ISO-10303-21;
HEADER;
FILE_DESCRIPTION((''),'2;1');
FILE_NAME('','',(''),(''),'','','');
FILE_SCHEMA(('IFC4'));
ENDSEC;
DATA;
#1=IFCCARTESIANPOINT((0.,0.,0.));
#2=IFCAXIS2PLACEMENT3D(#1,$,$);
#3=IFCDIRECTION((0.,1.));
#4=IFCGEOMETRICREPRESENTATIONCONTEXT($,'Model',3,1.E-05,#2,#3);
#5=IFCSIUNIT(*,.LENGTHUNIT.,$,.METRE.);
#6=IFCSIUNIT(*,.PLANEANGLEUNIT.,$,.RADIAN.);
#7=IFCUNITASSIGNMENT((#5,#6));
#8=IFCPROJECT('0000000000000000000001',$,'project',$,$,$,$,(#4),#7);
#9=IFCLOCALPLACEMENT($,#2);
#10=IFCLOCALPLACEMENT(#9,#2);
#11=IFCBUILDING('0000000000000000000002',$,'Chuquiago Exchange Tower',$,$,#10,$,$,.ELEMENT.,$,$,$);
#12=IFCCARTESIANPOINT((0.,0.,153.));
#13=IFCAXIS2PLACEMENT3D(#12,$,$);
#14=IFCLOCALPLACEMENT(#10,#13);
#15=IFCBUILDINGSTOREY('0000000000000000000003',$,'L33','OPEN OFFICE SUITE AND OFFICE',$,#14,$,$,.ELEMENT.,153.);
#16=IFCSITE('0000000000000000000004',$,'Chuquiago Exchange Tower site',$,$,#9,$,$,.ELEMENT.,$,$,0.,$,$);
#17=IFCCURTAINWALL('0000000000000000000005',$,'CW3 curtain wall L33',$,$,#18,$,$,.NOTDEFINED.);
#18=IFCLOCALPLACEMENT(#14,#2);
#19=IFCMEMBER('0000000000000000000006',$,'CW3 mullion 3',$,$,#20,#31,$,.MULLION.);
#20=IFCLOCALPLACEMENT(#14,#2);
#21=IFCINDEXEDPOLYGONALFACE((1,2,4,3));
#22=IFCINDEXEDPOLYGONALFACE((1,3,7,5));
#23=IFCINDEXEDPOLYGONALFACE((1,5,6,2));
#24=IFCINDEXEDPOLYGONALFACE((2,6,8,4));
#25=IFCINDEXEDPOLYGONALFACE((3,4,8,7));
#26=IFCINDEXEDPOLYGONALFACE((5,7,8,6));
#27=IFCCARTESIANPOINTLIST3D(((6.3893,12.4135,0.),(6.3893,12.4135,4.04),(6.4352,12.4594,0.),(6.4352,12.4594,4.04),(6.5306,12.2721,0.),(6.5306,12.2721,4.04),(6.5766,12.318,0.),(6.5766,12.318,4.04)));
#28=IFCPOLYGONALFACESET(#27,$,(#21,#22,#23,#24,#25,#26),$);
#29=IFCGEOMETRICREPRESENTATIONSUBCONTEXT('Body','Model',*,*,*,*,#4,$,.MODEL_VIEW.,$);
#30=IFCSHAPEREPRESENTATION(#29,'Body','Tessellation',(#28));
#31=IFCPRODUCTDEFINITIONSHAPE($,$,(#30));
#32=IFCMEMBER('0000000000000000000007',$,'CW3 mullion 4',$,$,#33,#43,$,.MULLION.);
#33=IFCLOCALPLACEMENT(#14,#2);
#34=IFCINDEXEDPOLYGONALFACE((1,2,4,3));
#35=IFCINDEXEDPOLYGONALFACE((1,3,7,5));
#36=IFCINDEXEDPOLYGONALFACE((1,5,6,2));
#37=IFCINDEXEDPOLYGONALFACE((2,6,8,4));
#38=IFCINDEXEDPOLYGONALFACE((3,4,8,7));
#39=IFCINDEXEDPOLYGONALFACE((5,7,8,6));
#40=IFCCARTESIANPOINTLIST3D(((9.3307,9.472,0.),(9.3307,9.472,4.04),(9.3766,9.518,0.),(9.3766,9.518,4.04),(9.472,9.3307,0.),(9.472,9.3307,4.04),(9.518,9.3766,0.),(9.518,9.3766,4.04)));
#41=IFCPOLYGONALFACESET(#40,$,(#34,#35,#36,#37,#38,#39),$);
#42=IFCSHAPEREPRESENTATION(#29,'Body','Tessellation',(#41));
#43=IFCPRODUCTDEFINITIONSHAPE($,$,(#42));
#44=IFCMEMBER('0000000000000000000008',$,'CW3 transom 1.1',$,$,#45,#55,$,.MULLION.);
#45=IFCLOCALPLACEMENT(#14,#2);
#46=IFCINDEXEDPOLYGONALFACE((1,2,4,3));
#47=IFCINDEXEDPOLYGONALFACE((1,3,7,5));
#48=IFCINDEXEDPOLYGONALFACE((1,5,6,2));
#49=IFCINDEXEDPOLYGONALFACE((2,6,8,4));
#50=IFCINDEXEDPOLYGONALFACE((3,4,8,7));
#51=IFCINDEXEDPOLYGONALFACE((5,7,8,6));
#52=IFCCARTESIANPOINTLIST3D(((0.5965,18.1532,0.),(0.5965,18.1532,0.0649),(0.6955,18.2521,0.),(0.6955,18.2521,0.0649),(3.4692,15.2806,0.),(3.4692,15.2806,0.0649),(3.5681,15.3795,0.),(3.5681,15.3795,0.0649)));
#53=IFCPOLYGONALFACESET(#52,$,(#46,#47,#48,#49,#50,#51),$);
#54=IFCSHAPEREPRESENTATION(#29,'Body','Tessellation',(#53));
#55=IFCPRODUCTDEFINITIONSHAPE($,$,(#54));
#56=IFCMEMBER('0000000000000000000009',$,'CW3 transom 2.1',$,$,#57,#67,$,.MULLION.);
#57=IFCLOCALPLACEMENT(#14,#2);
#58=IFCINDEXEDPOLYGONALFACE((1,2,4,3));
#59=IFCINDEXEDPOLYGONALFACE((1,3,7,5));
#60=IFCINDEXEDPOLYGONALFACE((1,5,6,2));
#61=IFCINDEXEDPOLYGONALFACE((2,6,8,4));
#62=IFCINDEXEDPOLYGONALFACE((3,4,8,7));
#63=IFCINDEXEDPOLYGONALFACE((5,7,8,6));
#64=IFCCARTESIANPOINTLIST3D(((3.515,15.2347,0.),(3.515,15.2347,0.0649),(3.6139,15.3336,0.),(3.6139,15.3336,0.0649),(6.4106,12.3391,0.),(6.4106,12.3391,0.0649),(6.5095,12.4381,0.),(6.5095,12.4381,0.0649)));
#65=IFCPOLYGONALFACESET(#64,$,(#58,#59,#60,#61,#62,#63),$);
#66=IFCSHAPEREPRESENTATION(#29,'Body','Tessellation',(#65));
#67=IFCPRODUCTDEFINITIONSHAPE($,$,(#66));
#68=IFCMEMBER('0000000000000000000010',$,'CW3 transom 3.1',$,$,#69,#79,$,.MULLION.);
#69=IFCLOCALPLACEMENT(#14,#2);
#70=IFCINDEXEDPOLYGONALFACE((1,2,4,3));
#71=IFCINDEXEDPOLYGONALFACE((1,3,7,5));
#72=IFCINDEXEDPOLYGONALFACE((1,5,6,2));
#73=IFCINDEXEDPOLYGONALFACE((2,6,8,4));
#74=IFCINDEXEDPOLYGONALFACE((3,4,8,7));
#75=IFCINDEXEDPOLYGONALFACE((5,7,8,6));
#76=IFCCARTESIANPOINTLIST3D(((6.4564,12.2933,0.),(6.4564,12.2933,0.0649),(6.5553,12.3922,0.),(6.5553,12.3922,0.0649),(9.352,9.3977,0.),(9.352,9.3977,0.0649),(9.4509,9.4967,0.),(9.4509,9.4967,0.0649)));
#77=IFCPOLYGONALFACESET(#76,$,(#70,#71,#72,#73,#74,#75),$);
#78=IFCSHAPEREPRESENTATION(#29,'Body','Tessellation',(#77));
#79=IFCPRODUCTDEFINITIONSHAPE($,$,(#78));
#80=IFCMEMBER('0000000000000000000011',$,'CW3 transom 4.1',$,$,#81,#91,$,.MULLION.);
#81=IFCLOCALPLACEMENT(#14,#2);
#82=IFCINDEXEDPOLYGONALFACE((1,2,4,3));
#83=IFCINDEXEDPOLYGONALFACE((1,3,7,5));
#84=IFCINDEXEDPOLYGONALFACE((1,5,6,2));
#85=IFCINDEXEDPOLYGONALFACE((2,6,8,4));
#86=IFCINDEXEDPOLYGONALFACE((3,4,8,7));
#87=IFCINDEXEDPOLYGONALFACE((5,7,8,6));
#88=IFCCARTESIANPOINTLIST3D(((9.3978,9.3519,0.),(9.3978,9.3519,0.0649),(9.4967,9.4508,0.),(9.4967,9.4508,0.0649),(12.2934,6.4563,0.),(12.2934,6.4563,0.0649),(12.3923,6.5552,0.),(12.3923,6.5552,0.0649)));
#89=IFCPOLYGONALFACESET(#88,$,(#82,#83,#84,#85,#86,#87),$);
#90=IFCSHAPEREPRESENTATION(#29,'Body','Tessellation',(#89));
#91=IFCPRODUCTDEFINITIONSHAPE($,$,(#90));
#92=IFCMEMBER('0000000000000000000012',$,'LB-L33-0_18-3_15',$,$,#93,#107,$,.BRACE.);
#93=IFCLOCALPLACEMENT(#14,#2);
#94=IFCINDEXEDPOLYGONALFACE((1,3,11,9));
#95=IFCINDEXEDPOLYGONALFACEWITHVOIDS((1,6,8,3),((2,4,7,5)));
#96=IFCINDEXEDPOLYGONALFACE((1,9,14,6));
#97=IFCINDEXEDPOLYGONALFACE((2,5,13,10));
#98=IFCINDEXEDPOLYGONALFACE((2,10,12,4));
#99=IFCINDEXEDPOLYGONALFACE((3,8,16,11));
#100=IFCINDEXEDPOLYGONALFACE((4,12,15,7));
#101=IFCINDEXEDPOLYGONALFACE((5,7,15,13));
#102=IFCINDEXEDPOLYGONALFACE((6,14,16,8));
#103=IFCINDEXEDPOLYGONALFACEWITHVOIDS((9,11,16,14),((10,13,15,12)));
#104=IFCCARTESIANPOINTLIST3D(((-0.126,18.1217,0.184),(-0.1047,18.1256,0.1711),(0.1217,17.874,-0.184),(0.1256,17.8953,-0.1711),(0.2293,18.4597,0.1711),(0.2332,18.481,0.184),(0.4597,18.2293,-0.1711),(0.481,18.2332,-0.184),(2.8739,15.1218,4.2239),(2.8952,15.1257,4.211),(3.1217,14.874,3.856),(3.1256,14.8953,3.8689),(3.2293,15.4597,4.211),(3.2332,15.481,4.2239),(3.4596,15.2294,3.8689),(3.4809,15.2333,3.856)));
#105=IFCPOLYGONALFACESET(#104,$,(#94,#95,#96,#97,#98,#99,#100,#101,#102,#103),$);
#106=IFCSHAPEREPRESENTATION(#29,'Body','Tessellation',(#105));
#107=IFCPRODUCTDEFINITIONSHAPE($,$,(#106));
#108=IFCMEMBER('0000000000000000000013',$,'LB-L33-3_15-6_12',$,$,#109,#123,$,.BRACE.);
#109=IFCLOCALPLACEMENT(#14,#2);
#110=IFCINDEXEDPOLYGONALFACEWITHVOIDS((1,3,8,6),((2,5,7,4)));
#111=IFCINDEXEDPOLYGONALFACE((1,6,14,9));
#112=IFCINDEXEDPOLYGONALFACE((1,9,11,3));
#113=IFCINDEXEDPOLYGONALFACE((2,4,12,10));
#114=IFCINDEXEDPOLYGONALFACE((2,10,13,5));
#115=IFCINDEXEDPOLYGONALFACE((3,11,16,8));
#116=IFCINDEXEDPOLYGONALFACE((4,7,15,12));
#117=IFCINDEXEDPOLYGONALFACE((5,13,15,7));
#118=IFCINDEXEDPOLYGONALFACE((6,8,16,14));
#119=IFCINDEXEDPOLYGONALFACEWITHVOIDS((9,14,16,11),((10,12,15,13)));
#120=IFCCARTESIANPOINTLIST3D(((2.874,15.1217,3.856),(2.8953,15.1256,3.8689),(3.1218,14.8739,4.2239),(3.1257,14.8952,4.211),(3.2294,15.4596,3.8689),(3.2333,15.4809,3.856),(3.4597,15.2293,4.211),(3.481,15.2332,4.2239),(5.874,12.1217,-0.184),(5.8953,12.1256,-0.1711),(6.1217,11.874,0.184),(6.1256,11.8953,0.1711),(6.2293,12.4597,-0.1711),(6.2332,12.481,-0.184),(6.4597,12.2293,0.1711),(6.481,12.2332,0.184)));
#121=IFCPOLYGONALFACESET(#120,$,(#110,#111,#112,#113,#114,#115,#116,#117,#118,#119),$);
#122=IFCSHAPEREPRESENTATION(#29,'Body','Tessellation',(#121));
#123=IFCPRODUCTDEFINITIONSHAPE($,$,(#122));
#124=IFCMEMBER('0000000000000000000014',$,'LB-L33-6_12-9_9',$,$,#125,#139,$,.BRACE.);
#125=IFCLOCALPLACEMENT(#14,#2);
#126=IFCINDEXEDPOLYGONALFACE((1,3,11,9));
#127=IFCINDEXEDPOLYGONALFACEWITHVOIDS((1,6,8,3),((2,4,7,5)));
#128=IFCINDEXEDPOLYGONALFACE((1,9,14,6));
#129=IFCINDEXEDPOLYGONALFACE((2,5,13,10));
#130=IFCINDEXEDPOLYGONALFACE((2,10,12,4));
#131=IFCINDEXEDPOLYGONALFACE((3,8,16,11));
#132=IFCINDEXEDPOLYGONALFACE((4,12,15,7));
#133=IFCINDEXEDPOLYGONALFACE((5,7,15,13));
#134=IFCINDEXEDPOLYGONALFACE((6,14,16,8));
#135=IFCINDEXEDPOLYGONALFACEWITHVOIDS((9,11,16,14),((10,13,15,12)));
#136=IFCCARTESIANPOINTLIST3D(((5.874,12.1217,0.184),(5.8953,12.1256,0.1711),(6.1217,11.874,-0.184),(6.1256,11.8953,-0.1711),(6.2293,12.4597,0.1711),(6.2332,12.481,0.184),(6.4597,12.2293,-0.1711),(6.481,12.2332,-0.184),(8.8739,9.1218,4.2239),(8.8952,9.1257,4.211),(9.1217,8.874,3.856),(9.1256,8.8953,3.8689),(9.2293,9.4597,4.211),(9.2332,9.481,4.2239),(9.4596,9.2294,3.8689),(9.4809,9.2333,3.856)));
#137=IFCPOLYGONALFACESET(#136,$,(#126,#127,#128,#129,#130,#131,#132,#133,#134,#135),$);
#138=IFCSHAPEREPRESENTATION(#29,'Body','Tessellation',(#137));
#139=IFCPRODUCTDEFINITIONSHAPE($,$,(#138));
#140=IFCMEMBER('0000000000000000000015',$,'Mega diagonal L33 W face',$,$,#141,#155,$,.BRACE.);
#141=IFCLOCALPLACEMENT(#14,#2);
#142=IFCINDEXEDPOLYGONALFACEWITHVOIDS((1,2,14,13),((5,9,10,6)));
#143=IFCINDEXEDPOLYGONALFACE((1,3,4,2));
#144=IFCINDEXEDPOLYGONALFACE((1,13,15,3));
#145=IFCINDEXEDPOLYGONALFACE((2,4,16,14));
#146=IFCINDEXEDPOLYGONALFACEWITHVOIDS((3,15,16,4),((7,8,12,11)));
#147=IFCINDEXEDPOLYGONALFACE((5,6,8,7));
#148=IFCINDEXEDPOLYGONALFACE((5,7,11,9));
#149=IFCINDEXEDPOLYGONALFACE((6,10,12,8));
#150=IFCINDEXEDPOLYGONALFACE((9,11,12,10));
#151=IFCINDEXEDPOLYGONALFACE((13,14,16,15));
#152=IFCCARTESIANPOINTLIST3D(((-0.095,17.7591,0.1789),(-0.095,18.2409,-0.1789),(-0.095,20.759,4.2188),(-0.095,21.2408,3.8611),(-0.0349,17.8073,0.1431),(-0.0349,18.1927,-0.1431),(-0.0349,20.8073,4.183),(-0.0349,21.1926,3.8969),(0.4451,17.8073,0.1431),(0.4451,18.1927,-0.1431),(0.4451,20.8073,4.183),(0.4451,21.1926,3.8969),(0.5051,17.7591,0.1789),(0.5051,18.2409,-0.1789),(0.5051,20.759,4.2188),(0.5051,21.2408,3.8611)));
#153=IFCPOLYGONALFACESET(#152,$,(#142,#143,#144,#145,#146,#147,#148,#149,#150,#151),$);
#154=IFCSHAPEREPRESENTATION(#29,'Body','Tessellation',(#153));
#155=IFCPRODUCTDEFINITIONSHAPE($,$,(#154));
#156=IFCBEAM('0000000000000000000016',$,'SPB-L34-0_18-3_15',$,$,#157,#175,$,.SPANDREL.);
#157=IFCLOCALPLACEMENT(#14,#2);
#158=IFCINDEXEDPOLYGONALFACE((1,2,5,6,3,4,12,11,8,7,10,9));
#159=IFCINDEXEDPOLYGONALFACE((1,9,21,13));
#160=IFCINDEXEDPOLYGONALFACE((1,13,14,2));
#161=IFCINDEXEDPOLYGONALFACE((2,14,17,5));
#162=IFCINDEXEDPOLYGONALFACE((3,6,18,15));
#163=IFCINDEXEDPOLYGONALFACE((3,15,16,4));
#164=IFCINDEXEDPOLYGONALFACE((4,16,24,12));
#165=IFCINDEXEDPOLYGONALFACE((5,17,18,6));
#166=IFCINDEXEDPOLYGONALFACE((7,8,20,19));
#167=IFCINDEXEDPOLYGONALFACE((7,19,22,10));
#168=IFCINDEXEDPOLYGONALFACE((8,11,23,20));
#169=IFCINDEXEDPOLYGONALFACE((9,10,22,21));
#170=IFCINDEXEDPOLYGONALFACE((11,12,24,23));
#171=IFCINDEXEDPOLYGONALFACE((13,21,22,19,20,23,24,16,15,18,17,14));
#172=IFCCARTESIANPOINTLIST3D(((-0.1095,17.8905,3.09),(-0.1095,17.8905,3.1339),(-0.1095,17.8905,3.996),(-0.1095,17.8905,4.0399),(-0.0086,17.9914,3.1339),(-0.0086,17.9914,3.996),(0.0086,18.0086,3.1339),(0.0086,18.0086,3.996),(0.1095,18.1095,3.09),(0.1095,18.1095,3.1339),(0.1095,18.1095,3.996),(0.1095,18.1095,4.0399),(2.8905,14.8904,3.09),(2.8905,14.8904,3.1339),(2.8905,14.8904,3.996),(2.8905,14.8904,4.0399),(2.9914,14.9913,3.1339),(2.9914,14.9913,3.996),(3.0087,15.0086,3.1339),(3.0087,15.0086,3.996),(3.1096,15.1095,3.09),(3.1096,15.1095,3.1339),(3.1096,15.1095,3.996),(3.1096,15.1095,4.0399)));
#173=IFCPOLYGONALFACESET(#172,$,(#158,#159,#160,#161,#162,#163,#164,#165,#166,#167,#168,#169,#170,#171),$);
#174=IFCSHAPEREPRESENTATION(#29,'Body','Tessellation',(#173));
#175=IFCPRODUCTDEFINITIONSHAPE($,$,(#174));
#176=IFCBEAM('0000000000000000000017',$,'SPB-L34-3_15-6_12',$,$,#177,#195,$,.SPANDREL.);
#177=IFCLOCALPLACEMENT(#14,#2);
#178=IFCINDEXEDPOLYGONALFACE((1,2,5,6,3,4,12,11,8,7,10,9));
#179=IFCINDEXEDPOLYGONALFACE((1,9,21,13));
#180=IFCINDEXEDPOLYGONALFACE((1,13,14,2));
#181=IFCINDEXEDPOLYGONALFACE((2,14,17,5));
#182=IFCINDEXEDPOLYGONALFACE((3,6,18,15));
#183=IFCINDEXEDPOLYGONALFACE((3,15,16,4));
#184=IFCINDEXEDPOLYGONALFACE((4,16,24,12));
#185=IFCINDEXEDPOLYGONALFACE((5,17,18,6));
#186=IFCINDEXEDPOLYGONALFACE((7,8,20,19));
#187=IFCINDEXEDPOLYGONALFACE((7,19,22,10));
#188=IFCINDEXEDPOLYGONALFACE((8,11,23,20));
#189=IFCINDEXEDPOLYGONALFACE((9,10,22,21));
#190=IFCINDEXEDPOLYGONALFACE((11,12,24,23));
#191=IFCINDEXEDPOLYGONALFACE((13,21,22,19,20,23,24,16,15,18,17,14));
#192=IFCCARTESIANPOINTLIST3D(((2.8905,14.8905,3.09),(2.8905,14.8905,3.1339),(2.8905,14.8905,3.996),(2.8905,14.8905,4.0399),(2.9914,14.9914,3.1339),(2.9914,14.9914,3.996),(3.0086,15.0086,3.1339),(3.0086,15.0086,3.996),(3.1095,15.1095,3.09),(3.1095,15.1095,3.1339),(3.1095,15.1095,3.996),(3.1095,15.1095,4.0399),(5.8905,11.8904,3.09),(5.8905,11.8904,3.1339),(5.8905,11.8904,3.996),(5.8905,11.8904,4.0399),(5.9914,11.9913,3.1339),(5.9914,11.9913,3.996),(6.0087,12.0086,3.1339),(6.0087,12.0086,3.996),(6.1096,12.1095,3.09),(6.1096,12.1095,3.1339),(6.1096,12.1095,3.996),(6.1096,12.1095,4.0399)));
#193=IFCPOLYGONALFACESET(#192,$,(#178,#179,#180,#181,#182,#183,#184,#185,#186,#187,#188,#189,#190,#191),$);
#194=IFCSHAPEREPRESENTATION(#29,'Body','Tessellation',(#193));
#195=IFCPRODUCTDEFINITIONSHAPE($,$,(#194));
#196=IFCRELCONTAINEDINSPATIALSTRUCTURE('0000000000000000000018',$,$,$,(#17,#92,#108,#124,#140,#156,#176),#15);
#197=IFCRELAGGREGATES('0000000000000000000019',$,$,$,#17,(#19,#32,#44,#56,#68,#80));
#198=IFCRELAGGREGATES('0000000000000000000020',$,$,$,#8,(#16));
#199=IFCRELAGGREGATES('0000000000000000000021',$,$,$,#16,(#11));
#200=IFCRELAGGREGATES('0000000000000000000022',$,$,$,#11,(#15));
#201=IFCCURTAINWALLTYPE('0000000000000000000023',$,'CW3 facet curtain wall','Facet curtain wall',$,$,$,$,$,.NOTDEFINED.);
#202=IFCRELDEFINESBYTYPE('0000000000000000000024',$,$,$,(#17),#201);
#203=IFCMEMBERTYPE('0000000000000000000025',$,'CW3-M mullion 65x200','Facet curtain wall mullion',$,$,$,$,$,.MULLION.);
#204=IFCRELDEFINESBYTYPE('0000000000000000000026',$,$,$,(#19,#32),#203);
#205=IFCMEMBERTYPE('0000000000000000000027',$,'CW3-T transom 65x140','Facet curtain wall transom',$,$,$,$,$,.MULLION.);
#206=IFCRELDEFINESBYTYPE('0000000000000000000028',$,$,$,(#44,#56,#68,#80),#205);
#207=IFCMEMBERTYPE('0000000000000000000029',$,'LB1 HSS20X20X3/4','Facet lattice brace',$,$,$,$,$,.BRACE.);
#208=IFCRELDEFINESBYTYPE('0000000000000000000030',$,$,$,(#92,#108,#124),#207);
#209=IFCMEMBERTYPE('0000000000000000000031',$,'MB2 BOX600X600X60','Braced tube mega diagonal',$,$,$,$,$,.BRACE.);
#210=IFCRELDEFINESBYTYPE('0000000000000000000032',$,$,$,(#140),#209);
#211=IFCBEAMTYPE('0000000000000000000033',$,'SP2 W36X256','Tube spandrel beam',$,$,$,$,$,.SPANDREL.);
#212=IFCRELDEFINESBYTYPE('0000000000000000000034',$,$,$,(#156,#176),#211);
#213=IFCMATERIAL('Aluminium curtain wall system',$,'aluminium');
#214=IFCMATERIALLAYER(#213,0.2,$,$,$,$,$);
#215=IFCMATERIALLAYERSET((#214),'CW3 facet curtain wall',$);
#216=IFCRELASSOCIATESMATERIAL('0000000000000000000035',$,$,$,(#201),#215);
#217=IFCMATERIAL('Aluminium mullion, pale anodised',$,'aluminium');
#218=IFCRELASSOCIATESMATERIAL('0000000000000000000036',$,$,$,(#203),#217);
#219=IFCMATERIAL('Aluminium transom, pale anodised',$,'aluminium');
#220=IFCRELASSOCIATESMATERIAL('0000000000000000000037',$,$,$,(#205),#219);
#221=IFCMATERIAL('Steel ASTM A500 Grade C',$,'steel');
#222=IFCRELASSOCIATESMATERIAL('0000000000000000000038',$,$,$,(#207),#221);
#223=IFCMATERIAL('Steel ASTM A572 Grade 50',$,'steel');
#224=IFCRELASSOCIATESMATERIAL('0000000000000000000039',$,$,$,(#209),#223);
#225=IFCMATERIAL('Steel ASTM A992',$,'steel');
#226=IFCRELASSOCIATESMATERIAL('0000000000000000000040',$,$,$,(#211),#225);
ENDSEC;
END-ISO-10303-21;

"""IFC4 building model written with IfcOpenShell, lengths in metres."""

from ifc_helpers import new_model, si_unit, direction, frame, origin, origin_2d, place, context, subcontext, project, spatial, rectangle, hollow_rectangle, i_section, extrude, material, layer, layer_set, material_profile, profile_set, type_object, element, aggregate, save


model = new_model("IFC4")

# Units and contexts
model_context = context("Model", 3, precision=1e-05, world=origin(), true_north=direction((0.0, 1.0)))
body_context = subcontext(model_context, "Body", "Model", "MODEL_VIEW")
ifc_project = project(units=[si_unit("LENGTHUNIT", "METRE"), si_unit("PLANEANGLEUNIT", "RADIAN")], contexts=[model_context])

# Site, building, storey
site_placement = place(None, origin())
site = spatial("IfcSite", under=ifc_project, at=site_placement, Name="Chuquiago Exchange Tower site", CompositionType="ELEMENT", RefElevation=0.0)
building_placement = place(site_placement, origin())
building = spatial("IfcBuilding", under=site, at=building_placement, Name="Chuquiago Exchange Tower", CompositionType="ELEMENT")
storey_placement = place(building_placement, frame((0.0, 0.0, 153.0)))
storey = spatial("IfcBuildingStorey", under=building, at=storey_placement, Name="L33", Description="OPEN OFFICE SUITE AND OFFICE", CompositionType="ELEMENT", Elevation=153.0)

# Curtain wall, members
ifc_material_1 = material(Name="Aluminium curtain wall system", Category="aluminium")
ifc_layer_1 = layer(ifc_material_1, 0.2)
ifc_layer_set_1 = layer_set([ifc_layer_1], Name="CW3 facet curtain wall")
curtain_wall_type_1 = type_object("IfcCurtainWallType", Name="CW3 facet curtain wall", Description="Facet curtain wall", PredefinedType="NOTDEFINED", material=ifc_layer_set_1)
curtain_wall_1_placement = place(storey_placement, origin())
curtain_wall_1 = element("IfcCurtainWall", 1, at=curtain_wall_1_placement, inside=storey, type_object=curtain_wall_type_1, Name="CW3 curtain wall L33", PredefinedType="NOTDEFINED")
ifc_material_2 = material(Name="Aluminium mullion, pale anodised", Category="aluminium")
ifc_material_profile_1 = material_profile(ifc_material_2, rectangle(XDim=0.0649, YDim=0.2, at=origin_2d()), Name="AL 65x200")
ifc_profile_set_1 = profile_set([ifc_material_profile_1], Name="Aluminium mullion, pale anodised")
member_type_1 = type_object("IfcMemberType", Name="CW3-M mullion 65x200", Description="Facet curtain wall mullion", PredefinedType="MULLION", material=ifc_profile_set_1)
member_1_placement = place(storey_placement, frame((6.4829, 12.3657, 0.0), z_axis=(0.0, 0.0, 1.0), x_axis=(0.707107, 0.707107, 0.0)))
member_1 = element("IfcMember", 2, at=member_1_placement, type_object=member_type_1, Name="CW3 mullion 3", PredefinedType="MULLION", context=body_context, shape_type="SweptSolid", body=[
    extrude(rectangle(XDim=0.0649, YDim=0.2, at=origin_2d()), origin(), (0.0, 0.0, 1.0), 4.04),
])
member_2_placement = place(storey_placement, frame((9.4243, 9.4243, 0.0), z_axis=(0.0, 0.0, 1.0), x_axis=(0.707107, 0.707107, 0.0)))
member_2 = element("IfcMember", 3, at=member_2_placement, type_object=member_type_1, Name="CW3 mullion 4", PredefinedType="MULLION", context=body_context, shape_type="SweptSolid", body=[
    extrude(rectangle(XDim=0.0649, YDim=0.2, at=origin_2d()), origin(), (0.0, 0.0, 1.0), 4.04),
])
ifc_material_3 = material(Name="Aluminium transom, pale anodised", Category="aluminium")
ifc_material_profile_2 = material_profile(ifc_material_3, rectangle(XDim=0.1399, YDim=0.0649, at=origin_2d()), Name="AL 140x65")
ifc_profile_set_2 = profile_set([ifc_material_profile_2], Name="Aluminium transom, pale anodised")
member_type_2 = type_object("IfcMemberType", Name="CW3-T transom 65x140", Description="Facet curtain wall transom", PredefinedType="MULLION", material=ifc_profile_set_2)
member_3_placement = place(storey_placement, frame((0.646, 18.2026, 0.0325), z_axis=(0.707107, -0.707107, 0.0), x_axis=(0.707107, 0.707107, 0.0)))
member_3 = element("IfcMember", 4, at=member_3_placement, type_object=member_type_2, Name="CW3 transom 1.1", PredefinedType="MULLION", context=body_context, shape_type="SweptSolid", body=[
    extrude(rectangle(XDim=0.1399, YDim=0.0649, at=origin_2d()), origin(), (0.0, 0.0, 1.0), 4.0625),
])
member_4_placement = place(storey_placement, frame((3.5645, 15.2842, 0.0325), z_axis=(0.707107, -0.707107, 0.0), x_axis=(0.707107, 0.707107, 0.0)))
member_4 = element("IfcMember", 5, at=member_4_placement, type_object=member_type_2, Name="CW3 transom 2.1", PredefinedType="MULLION", context=body_context, shape_type="SweptSolid", body=[
    extrude(rectangle(XDim=0.1399, YDim=0.0649, at=origin_2d()), origin(), (0.0, 0.0, 1.0), 4.095),
])
member_5_placement = place(storey_placement, frame((6.5059, 12.3428, 0.0325), z_axis=(0.707107, -0.707107, 0.0), x_axis=(0.707107, 0.707107, 0.0)))
member_5 = element("IfcMember", 6, at=member_5_placement, type_object=member_type_2, Name="CW3 transom 3.1", PredefinedType="MULLION", context=body_context, shape_type="SweptSolid", body=[
    extrude(rectangle(XDim=0.1399, YDim=0.0649, at=origin_2d()), origin(), (0.0, 0.0, 1.0), 4.095),
])
member_6_placement = place(storey_placement, frame((9.4473, 9.4014, 0.0325), z_axis=(0.707107, -0.707107, 0.0), x_axis=(0.707107, 0.707107, 0.0)))
member_6 = element("IfcMember", 7, at=member_6_placement, type_object=member_type_2, Name="CW3 transom 4.1", PredefinedType="MULLION", context=body_context, shape_type="SweptSolid", body=[
    extrude(rectangle(XDim=0.1399, YDim=0.0649, at=origin_2d()), origin(), (0.0, 0.0, 1.0), 4.095),
])

# Members
ifc_material_4 = material(Name="Steel ASTM A500 Grade C", Category="steel")
ifc_material_profile_3 = material_profile(ifc_material_4, hollow_rectangle(XDim=0.5081, YDim=0.5081, WallThickness=0.0178, at=origin_2d()), Name="HSS20X20X3/4")
ifc_profile_set_3 = profile_set([ifc_material_profile_3], Name="Steel ASTM A500 Grade C")
member_type_3 = type_object("IfcMemberType", Name="LB1 HSS20X20X3/4", Description="Facet lattice brace", PredefinedType="BRACE", material=ifc_profile_set_3)
for number, where, z_axis, x_axis, name in (
    (8, (0.1775, 18.1775, 0.0), (0.512077, -0.512077, 0.689604), (0.707107, 0.707107, 0.0), "LB-L33-0_18-3_15"),
    (9, (6.1775, 12.1775, 0.0), (-0.512077, 0.512077, 0.689604), (-0.707107, -0.707107, 0.0), "LB-L33-3_15-6_12"),
    (10, (6.1775, 12.1775, 0.0), (0.512077, -0.512077, 0.689604), (0.707107, 0.707107, 0.0), "LB-L33-6_12-9_9"),
):
    element("IfcMember", number, at=place(storey_placement, frame(where, z_axis=z_axis, x_axis=x_axis)), inside=storey, type_object=member_type_3, Name=name, PredefinedType="BRACE", context=body_context, shape_type="SweptSolid", body=[
        extrude(hollow_rectangle(XDim=0.5081, YDim=0.5081, WallThickness=0.0178, at=origin_2d()), origin(), (0.0, 0.0, 1.0), 5.8584),
    ])
ifc_material_5 = material(Name="Steel ASTM A572 Grade 50", Category="steel")
ifc_material_profile_4 = material_profile(ifc_material_5, hollow_rectangle(XDim=0.6001, YDim=0.6001, WallThickness=0.0601, at=origin_2d()), Name="BOX600X600X60")
ifc_profile_set_4 = profile_set([ifc_material_profile_4], Name="Steel ASTM A572 Grade 50")
member_type_4 = type_object("IfcMemberType", Name="MB2 BOX600X600X60", Description="Braced tube mega diagonal", PredefinedType="BRACE", material=ifc_profile_set_4)
member_7_placement = place(storey_placement, frame((0.2051, 18.0, 0.0), z_axis=(0.0, 0.596174, 0.802855), x_axis=(-1.0, 0.0, 0.0)))
element("IfcMember", 11, at=member_7_placement, inside=storey, type_object=member_type_4, Name="Mega diagonal L33 W face", PredefinedType="BRACE", context=body_context, shape_type="SweptSolid", body=[
    extrude(hollow_rectangle(XDim=0.6001, YDim=0.6001, WallThickness=0.0601, at=origin_2d()), origin(), (0.0, 0.0, 1.0), 5.032),
])

# Beams
ifc_material_6 = material(Name="Steel ASTM A992", Category="steel")
ifc_material_profile_5 = material_profile(ifc_material_6, i_section(OverallWidth=0.3098, OverallDepth=0.95, WebThickness=0.0244, FlangeThickness=0.0439, at=origin_2d()), Name="W36X256")
ifc_profile_set_5 = profile_set([ifc_material_profile_5], Name="Steel ASTM A992")
beam_type_1 = type_object("IfcBeamType", Name="SP2 W36X256", Description="Tube spandrel beam", PredefinedType="SPANDREL", material=ifc_profile_set_5)
for number, where, z_axis, x_axis, name in (
    (12, (0.0, 18.0, 3.5649), (0.707107, -0.707107, 0.0), (0.707107, 0.707107, 0.0), "SPB-L34-0_18-3_15"),
    (13, (3.0, 15.0, 3.5649), (0.707107, -0.707107, 0.0), (0.707107, 0.707107, 0.0), "SPB-L34-3_15-6_12"),
):
    element("IfcBeam", number, at=place(storey_placement, frame(where, z_axis=z_axis, x_axis=x_axis)), inside=storey, type_object=beam_type_1, Name=name, PredefinedType="SPANDREL", context=body_context, shape_type="SweptSolid", body=[
        extrude(i_section(OverallWidth=0.3098, OverallDepth=0.95, WebThickness=0.0244, FlangeThickness=0.0439, at=origin_2d()), origin(), (0.0, 0.0, 1.0), 4.2427),
    ])

aggregate(curtain_wall_1, [member_1, member_2, member_3, member_4, member_5, member_6])

save(model, "model.ifc")
